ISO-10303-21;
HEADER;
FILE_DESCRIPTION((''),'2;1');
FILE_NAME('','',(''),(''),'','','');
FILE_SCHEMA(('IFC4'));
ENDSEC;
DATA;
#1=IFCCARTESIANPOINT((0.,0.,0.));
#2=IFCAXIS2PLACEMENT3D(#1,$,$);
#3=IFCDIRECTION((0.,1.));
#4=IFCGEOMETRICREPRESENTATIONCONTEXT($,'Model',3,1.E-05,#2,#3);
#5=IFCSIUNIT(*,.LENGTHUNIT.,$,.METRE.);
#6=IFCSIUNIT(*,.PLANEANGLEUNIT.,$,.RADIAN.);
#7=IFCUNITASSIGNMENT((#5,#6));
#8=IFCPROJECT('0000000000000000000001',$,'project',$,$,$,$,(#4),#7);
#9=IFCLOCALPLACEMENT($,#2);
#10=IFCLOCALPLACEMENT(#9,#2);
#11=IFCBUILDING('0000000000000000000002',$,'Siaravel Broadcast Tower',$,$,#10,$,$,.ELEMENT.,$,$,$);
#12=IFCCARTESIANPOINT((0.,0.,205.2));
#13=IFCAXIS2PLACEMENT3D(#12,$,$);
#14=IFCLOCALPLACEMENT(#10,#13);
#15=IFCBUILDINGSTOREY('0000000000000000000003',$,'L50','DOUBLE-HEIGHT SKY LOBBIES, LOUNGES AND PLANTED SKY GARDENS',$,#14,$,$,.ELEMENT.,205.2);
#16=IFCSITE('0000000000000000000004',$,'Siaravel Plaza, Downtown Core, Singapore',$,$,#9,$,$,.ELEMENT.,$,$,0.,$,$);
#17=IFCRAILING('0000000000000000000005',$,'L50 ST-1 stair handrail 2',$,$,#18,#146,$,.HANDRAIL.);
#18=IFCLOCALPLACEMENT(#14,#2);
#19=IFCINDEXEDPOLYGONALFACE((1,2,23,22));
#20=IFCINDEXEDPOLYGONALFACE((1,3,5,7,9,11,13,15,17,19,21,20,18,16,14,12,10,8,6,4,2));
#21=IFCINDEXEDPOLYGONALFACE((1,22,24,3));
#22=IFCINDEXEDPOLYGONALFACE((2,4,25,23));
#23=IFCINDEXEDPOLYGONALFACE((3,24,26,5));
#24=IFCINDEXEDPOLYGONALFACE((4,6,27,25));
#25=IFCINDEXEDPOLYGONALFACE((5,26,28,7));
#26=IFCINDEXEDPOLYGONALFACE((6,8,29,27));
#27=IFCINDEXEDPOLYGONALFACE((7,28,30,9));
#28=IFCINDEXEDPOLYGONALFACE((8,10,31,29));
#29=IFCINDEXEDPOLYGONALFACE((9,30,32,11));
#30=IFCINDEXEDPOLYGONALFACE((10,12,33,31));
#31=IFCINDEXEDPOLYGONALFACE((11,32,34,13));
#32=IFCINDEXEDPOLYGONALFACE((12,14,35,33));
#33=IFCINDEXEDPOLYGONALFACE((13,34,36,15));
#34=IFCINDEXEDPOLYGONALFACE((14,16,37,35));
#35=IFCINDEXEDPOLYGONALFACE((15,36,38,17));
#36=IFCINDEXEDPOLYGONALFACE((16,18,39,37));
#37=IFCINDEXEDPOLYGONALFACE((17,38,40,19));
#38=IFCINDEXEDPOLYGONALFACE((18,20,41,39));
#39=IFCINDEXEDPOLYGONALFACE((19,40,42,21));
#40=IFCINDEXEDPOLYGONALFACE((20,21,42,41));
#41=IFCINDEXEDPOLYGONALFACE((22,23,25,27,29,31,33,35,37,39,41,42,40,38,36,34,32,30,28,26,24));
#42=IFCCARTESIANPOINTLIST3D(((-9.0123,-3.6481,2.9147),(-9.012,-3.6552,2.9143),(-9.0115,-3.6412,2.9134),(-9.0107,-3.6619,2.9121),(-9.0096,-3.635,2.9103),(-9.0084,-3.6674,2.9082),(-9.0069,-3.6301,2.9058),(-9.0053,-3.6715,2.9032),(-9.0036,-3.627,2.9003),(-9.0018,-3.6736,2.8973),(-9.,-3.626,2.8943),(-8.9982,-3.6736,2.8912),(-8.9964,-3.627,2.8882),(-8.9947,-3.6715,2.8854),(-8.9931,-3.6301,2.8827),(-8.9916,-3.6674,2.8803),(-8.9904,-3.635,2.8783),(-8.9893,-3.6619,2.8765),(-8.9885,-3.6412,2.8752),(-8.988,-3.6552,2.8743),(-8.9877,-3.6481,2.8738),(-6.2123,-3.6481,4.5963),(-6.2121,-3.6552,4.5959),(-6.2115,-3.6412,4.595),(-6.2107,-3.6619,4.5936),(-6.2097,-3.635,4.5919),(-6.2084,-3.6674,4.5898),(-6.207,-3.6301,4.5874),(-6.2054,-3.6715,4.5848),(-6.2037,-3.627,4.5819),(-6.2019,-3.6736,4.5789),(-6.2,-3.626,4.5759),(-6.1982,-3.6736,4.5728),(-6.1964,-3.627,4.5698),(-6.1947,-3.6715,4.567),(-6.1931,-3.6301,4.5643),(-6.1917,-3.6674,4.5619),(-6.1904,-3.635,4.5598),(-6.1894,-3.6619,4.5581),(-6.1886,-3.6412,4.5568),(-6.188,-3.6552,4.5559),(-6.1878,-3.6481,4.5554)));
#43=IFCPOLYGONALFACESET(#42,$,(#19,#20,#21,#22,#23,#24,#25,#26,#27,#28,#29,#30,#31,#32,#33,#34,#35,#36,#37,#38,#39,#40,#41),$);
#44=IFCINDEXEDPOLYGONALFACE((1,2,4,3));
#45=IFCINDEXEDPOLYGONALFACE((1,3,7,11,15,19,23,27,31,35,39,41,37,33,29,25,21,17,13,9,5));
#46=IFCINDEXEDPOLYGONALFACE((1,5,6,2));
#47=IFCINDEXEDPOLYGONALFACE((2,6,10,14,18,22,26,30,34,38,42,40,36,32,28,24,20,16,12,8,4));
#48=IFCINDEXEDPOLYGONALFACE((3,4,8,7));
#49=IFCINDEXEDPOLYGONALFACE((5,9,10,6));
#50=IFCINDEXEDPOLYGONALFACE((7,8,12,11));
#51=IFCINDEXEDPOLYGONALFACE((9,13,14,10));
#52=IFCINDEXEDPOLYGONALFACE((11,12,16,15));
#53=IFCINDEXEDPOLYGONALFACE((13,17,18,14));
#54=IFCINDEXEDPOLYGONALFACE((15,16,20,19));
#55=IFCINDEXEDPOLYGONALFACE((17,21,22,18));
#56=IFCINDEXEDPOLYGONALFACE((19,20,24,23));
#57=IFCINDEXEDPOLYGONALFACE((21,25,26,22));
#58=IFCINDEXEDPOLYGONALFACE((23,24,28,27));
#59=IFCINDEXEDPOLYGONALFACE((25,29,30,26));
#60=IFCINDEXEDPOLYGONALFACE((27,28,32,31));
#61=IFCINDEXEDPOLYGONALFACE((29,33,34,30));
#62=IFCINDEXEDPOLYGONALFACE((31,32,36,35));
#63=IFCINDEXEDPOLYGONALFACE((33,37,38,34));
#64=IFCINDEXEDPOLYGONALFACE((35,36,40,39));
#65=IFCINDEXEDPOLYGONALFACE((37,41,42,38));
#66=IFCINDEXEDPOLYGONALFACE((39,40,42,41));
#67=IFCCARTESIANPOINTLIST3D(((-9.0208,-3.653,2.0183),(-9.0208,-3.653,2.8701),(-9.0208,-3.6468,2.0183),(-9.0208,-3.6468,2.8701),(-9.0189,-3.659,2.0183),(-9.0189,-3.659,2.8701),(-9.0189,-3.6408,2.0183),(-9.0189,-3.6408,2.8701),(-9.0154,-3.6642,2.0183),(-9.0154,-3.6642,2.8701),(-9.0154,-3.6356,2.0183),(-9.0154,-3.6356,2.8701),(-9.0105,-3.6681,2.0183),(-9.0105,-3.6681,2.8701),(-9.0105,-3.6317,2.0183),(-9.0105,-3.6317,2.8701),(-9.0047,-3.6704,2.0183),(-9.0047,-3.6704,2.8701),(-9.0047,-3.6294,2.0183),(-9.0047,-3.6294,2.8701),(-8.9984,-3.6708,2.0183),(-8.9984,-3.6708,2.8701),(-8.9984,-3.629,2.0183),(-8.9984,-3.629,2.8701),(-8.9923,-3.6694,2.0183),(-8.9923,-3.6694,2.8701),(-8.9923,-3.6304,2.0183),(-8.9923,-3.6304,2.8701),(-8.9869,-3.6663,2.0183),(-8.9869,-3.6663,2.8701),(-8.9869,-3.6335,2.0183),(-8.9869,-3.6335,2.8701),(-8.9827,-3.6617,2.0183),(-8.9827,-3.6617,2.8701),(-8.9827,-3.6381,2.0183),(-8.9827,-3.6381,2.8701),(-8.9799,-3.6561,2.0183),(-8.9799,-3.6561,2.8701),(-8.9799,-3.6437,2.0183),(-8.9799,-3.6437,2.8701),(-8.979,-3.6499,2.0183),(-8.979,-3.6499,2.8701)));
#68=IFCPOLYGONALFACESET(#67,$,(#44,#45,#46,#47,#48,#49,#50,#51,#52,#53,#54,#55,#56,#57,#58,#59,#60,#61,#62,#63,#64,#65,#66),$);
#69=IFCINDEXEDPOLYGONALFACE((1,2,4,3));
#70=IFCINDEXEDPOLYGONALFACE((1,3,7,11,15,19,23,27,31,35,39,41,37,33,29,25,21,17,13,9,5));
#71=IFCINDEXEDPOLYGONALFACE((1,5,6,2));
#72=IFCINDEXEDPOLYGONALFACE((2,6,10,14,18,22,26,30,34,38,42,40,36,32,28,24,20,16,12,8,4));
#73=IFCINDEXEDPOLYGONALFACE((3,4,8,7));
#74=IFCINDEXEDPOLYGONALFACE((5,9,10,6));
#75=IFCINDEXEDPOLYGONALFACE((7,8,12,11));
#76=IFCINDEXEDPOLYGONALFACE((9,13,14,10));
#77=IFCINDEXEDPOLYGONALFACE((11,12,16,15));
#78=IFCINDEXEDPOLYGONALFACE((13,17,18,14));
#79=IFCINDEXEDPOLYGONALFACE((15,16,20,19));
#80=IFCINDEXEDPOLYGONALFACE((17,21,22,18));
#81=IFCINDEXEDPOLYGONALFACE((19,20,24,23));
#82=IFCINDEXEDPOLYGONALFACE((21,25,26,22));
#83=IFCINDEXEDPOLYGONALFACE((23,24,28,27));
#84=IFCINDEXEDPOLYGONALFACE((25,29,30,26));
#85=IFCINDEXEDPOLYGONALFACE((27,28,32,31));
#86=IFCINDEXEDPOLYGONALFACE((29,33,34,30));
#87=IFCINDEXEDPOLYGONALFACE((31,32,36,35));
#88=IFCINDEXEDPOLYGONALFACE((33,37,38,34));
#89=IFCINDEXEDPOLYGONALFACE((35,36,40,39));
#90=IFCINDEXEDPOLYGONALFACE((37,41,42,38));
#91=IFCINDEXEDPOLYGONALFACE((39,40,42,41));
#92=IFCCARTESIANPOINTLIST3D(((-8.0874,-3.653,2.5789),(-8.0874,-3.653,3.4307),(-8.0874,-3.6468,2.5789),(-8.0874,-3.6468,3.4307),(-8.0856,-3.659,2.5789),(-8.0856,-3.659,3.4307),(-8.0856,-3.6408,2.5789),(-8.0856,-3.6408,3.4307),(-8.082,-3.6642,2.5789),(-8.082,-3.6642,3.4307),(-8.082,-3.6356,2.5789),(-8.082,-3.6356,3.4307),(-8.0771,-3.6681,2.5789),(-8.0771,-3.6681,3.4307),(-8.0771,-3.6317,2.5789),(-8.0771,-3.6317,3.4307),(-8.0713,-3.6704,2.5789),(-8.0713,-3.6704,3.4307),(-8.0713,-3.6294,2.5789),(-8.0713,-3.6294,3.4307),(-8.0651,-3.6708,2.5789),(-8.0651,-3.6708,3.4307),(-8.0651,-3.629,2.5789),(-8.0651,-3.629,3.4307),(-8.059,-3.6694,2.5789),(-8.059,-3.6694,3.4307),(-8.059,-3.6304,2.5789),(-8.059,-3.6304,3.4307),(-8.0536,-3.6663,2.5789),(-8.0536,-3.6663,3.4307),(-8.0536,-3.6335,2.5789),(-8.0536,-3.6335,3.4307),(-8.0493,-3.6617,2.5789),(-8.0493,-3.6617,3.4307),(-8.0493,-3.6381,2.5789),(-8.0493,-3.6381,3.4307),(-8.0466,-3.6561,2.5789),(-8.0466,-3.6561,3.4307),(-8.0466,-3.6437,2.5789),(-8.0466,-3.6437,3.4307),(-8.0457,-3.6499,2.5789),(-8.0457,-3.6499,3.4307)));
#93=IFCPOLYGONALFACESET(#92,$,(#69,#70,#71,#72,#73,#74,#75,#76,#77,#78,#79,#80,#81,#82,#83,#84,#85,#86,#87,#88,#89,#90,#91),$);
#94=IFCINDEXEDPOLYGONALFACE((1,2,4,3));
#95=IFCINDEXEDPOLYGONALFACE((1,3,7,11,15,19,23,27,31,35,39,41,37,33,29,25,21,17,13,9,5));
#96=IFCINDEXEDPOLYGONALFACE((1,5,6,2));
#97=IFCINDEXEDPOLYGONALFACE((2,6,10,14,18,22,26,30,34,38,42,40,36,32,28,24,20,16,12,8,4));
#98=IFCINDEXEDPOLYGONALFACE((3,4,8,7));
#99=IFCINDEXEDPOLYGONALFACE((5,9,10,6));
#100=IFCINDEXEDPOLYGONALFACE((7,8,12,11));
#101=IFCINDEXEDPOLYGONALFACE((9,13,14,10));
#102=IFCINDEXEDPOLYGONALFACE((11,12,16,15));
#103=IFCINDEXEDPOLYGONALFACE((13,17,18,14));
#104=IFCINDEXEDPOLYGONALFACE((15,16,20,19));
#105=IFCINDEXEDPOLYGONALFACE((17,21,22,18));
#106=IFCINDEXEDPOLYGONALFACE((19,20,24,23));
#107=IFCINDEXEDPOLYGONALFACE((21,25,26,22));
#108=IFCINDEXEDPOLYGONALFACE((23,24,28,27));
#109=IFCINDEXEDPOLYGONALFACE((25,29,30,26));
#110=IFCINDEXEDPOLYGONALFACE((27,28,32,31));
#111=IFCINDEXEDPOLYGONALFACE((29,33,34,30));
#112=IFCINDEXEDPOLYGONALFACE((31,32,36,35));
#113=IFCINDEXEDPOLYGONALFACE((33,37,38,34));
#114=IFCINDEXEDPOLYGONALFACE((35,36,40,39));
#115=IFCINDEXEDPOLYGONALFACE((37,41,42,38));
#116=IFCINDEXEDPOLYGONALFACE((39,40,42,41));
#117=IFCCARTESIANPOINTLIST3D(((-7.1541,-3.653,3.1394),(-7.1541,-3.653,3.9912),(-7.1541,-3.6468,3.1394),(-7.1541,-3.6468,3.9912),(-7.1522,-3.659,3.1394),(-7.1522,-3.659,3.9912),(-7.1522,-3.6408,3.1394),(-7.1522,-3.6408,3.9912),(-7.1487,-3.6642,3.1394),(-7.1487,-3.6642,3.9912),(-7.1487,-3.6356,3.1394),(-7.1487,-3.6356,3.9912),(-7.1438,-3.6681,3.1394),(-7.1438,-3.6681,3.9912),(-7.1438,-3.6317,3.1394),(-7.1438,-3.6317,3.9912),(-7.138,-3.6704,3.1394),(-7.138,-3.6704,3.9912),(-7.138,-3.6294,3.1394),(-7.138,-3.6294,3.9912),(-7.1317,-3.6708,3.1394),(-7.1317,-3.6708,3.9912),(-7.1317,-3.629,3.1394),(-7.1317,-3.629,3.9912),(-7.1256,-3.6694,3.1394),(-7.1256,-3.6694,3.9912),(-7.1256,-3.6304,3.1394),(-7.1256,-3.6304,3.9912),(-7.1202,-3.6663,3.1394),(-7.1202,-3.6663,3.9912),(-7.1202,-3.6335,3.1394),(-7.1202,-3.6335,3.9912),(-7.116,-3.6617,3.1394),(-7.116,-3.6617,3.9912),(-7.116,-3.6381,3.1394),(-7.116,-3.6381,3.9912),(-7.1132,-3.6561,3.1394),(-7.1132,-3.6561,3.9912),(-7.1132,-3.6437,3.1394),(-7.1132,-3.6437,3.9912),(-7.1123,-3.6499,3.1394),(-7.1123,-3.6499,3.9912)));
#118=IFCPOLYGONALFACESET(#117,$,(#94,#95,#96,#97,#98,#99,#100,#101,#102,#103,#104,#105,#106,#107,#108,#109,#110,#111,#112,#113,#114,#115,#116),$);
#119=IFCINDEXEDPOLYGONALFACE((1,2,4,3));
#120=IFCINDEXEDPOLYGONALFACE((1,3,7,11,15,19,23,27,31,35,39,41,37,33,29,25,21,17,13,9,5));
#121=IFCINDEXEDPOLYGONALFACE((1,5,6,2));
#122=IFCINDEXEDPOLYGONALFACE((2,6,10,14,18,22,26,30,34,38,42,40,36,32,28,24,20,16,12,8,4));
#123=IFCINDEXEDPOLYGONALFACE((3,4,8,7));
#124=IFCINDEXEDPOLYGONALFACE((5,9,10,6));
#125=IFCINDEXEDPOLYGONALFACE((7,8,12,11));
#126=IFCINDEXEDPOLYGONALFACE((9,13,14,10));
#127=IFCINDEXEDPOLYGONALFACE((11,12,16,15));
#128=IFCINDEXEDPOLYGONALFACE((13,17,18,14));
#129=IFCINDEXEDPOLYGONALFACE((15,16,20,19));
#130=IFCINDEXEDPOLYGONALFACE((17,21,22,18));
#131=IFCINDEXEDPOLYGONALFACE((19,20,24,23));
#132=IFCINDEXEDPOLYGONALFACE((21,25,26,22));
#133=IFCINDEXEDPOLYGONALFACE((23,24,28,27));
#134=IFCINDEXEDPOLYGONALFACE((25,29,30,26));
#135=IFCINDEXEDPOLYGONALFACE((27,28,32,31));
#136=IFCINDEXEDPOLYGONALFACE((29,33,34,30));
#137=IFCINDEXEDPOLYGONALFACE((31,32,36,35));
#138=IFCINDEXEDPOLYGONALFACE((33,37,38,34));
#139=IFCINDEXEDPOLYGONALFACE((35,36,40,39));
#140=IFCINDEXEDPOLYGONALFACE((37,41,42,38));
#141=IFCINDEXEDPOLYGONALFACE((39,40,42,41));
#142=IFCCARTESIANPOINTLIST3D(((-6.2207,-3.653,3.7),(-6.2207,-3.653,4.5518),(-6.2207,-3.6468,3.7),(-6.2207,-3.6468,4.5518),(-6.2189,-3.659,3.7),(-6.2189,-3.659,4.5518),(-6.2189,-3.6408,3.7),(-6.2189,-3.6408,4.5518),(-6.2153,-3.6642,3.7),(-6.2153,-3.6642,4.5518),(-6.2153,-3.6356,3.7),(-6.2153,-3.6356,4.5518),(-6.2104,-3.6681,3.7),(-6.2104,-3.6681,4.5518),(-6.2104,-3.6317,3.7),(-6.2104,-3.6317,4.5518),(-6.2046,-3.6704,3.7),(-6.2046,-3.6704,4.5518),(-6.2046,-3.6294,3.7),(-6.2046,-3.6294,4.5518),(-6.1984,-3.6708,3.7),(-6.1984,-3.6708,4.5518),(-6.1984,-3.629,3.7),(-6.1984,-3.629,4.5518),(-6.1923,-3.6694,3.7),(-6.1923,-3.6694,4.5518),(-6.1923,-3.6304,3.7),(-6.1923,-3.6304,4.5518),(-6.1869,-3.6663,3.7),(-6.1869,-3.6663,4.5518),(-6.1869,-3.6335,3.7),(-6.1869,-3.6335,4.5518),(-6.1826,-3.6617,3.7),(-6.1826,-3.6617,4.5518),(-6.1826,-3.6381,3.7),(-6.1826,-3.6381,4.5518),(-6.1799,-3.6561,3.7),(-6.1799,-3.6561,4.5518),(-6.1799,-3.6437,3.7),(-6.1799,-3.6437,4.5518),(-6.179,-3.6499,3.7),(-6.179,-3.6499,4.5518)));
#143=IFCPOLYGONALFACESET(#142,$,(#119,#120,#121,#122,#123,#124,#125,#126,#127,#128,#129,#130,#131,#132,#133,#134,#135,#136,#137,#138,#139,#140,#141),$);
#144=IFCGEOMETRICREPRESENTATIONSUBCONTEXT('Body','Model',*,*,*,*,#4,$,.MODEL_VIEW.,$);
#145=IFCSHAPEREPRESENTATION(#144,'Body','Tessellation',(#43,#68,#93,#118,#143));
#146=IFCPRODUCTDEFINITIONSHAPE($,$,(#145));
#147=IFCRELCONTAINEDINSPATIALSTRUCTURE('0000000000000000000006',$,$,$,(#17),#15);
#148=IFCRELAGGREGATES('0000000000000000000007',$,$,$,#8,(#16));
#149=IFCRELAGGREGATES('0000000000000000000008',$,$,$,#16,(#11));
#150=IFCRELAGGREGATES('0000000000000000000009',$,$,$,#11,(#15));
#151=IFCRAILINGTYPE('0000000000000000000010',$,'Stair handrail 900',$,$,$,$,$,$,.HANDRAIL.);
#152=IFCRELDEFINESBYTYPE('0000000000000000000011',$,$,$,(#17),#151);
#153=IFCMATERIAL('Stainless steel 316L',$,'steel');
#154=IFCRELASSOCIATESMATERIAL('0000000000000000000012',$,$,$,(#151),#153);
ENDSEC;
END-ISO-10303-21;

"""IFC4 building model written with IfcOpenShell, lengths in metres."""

from ifc_helpers import new_model, si_unit, direction, frame, origin, origin_2d, place, context, subcontext, project, spatial, circle, extrude, material, type_object, element, save


model = new_model("IFC4")

# Units and contexts
model_context = context("Model", 3, precision=1e-05, world=origin(), true_north=direction((0.0, 1.0)))
body_context = subcontext(model_context, "Body", "Model", "MODEL_VIEW")
ifc_project = project(units=[si_unit("LENGTHUNIT", "METRE"), si_unit("PLANEANGLEUNIT", "RADIAN")], contexts=[model_context])

# Site, building, storey
site_placement = place(None, origin())
site = spatial("IfcSite", under=ifc_project, at=site_placement, Name="Siaravel Plaza, Downtown Core, Singapore", CompositionType="ELEMENT", RefElevation=0.0)
building_placement = place(site_placement, origin())
building = spatial("IfcBuilding", under=site, at=building_placement, Name="Siaravel Broadcast Tower", CompositionType="ELEMENT")
storey_placement = place(building_placement, frame((0.0, 0.0, 205.2)))
storey = spatial("IfcBuildingStorey", under=building, at=storey_placement, Name="L50", Description="DOUBLE-HEIGHT SKY LOBBIES, LOUNGES AND PLANTED SKY GARDENS", CompositionType="ELEMENT", Elevation=205.2)

# Shared definitions
ifc_material_1 = material(Name="Stainless steel 316L", Category="steel")

# Railing
railing_type_1 = type_object("IfcRailingType", Name="Stair handrail 900", PredefinedType="HANDRAIL", material=ifc_material_1)
railing_1_placement = place(storey_placement, frame((-9.0, -3.6499, 2.0183)))
element("IfcRailing", 1, at=railing_1_placement, inside=storey, type_object=railing_type_1, Name="L50 ST-1 stair handrail 2", PredefinedType="HANDRAIL", context=body_context, shape_type="SweptSolid", body=[
    extrude(circle(Radius=0.0239, at=origin_2d()), frame((0.0, 0.0, 0.876), z_axis=(0.857275, 0.0, 0.514858), x_axis=(0.0, 1.0, 0.0)), (0.0, 0.0, 1.0), 3.2661),
    extrude(circle(Radius=0.021, at=origin_2d()), origin(), (0.0, 0.0, 1.0), 0.8518),
    extrude(circle(Radius=0.021, at=origin_2d()), frame((0.9333, 0.0, 0.5605)), (0.0, 0.0, 1.0), 0.8518),
    extrude(circle(Radius=0.021, at=origin_2d()), frame((1.8667, 0.0, 1.1211)), (0.0, 0.0, 1.0), 0.8518),
    extrude(circle(Radius=0.021, at=origin_2d()), frame((2.8, 0.0, 1.6816)), (0.0, 0.0, 1.0), 0.8518),
])

save(model, "model.ifc")
